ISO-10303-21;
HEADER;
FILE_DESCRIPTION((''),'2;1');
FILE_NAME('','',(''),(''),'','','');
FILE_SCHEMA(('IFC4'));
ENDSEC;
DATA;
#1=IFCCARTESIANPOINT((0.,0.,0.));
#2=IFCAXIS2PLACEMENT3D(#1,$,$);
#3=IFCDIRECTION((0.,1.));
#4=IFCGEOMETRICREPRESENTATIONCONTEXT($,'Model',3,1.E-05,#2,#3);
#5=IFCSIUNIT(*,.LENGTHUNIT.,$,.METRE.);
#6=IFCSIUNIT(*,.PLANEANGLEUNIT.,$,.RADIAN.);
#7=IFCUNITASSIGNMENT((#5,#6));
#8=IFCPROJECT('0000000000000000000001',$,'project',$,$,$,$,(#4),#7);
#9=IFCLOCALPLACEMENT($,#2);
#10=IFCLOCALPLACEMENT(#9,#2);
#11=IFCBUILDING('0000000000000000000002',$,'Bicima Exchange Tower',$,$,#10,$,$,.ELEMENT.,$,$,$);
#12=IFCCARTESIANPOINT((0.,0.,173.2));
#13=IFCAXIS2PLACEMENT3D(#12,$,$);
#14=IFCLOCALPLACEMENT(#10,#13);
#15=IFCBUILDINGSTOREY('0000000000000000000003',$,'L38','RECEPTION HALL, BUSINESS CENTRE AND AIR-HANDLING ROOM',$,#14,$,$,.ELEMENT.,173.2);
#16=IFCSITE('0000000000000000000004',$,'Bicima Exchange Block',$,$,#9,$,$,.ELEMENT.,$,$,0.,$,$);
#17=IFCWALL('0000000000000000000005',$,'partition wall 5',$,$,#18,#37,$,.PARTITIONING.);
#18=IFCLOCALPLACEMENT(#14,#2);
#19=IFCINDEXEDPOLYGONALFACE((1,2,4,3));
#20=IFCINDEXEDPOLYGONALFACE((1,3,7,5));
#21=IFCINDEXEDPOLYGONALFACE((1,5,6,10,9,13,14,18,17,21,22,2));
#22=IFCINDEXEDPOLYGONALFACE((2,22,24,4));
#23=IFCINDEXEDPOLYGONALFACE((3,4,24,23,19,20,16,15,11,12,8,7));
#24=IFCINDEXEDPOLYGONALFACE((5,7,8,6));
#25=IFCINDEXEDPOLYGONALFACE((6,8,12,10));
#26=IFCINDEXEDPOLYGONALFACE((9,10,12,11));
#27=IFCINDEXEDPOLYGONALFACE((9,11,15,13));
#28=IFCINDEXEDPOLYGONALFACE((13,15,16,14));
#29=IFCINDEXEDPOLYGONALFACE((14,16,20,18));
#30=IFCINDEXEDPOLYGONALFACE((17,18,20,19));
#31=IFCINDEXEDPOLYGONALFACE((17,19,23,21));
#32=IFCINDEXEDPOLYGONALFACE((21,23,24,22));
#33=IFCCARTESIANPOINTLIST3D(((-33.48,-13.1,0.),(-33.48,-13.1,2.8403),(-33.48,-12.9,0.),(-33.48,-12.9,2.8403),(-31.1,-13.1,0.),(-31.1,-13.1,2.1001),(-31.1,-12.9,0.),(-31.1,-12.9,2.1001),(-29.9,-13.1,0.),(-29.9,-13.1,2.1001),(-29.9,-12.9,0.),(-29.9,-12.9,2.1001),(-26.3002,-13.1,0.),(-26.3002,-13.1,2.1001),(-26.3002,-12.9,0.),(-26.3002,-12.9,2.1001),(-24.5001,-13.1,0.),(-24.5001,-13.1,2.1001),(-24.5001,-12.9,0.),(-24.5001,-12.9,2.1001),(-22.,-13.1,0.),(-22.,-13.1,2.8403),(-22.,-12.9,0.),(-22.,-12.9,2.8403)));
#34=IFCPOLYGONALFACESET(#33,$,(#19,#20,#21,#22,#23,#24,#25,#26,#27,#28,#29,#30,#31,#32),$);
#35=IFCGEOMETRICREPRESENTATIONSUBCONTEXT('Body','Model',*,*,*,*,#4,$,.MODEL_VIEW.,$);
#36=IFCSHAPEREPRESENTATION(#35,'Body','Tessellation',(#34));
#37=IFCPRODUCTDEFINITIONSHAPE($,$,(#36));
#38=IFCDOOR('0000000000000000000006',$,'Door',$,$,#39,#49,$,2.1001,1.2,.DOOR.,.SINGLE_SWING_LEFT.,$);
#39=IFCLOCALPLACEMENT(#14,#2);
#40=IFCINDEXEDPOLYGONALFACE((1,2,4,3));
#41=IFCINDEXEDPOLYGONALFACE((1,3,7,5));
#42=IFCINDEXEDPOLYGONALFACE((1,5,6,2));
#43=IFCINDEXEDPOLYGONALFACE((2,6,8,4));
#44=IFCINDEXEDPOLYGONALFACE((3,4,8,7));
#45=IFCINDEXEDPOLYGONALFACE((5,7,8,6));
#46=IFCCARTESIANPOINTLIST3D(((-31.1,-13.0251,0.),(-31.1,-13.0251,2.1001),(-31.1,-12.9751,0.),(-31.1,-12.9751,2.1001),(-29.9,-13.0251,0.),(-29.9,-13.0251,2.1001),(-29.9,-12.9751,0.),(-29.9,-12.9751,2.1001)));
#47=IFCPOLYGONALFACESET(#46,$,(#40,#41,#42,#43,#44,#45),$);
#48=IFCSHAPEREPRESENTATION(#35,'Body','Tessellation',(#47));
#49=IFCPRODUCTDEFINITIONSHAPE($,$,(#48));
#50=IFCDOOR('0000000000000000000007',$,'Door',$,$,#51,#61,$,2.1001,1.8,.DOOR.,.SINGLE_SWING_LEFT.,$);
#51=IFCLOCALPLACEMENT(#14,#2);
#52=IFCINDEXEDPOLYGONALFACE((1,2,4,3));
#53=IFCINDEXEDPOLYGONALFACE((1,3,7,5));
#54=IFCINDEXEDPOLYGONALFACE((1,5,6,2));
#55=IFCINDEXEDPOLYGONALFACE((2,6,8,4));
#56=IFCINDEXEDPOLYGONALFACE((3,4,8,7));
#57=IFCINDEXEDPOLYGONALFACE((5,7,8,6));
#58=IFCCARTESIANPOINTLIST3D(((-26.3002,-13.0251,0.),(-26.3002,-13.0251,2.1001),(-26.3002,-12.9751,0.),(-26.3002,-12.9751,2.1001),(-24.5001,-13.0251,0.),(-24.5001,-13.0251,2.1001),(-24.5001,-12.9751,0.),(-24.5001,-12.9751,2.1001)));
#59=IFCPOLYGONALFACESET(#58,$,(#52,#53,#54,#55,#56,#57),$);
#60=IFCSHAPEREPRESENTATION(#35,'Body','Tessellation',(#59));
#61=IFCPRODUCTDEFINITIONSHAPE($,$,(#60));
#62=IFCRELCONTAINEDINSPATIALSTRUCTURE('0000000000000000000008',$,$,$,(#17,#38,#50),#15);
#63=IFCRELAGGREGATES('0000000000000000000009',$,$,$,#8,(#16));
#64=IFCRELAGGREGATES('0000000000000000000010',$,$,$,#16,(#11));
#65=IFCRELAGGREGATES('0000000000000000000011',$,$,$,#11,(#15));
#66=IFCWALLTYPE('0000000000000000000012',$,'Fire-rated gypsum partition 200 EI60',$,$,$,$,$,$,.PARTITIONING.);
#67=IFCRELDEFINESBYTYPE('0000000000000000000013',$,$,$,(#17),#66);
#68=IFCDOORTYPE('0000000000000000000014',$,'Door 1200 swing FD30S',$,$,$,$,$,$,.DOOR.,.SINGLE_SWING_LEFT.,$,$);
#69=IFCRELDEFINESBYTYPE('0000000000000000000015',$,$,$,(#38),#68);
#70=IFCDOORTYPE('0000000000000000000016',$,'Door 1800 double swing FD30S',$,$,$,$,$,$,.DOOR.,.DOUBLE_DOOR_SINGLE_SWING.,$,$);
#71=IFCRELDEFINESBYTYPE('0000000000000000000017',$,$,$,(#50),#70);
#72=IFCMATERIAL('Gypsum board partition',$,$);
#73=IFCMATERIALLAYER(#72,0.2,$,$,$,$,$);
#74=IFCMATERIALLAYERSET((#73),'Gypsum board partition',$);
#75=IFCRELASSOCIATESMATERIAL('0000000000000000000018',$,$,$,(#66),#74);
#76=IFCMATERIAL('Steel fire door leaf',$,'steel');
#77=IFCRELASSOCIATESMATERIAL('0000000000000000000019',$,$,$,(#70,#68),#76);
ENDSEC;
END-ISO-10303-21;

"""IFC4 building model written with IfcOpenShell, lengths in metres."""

from ifc_helpers import new_model, si_unit, direction, frame, frame_2d, origin, place, context, subcontext, project, spatial, rectangle, extrude, material, layer, layer_set, type_object, element, fill, save


model = new_model("IFC4")

# Units and contexts
model_context = context("Model", 3, precision=1e-05, world=origin(), true_north=direction((0.0, 1.0)))
body_context = subcontext(model_context, "Body", "Model", "MODEL_VIEW")
ifc_project = project(units=[si_unit("LENGTHUNIT", "METRE"), si_unit("PLANEANGLEUNIT", "RADIAN")], contexts=[model_context])

# Site, building, storey
site_placement = place(None, origin())
site = spatial("IfcSite", under=ifc_project, at=site_placement, Name="Bicima Exchange Block", CompositionType="ELEMENT", RefElevation=0.0)
building_placement = place(site_placement, origin())
building = spatial("IfcBuilding", under=site, at=building_placement, Name="Bicima Exchange Tower", CompositionType="ELEMENT")
storey_placement = place(building_placement, frame((0.0, 0.0, 173.2)))
storey = spatial("IfcBuildingStorey", under=building, at=storey_placement, Name="L38", Description="RECEPTION HALL, BUSINESS CENTRE AND AIR-HANDLING ROOM", CompositionType="ELEMENT", Elevation=173.2)

# Shared definitions
ifc_material_1 = material(Name="Gypsum board partition")
ifc_layer_1 = layer(ifc_material_1, 0.2)
ifc_layer_set_1 = layer_set([ifc_layer_1], Name="Gypsum board partition")
wall_type = type_object("IfcWallType", Name="Fire-rated gypsum partition 200 EI60", PredefinedType="PARTITIONING", material=ifc_layer_set_1)
ifc_material_2 = material(Name="Steel fire door leaf", Category="steel")
door_type_1 = type_object("IfcDoorType", Name="Door 1800 double swing FD30S", OperationType="DOUBLE_DOOR_SINGLE_SWING", PredefinedType="DOOR", material=ifc_material_2)

# Wall, openings, doors
wall_1_placement = place(storey_placement, frame((-33.48, -13.0, 0.0), z_axis=(0.0, 0.0, 1.0), x_axis=(1.0, 0.0, 0.0)))
wall_1 = element("IfcWall", 1, at=wall_1_placement, inside=storey, type_object=wall_type, Name="partition wall 5", PredefinedType="PARTITIONING", context=body_context, shape_type="SweptSolid", body=[
    extrude(rectangle(XDim=11.48, YDim=0.2, at=frame_2d((5.74, 0.0))), origin(), (0.0, 0.0, 1.0), 2.8403),
])
opening_1_placement = place(wall_1_placement, frame((2.3799, 0.0, 0.0)))
opening_1 = element("IfcOpeningElement", 2, at=opening_1_placement, cuts=wall_1, PredefinedType="OPENING", context=body_context, shape_type="SweptSolid", body=[
    extrude(rectangle(XDim=1.2, YDim=2.1001, at=frame_2d((0.6001, 1.05))), frame((0.0, 0.1118, 0.0), z_axis=(0.0, -1.0, 0.0), x_axis=(1.0, 0.0, 0.0)), (0.0, 0.0, 1.0), 0.2239),
])
opening_2_placement = place(wall_1_placement, frame((7.1799, 0.0, 0.0)))
opening_2 = element("IfcOpeningElement", 3, at=opening_2_placement, cuts=wall_1, PredefinedType="OPENING", context=body_context, shape_type="SweptSolid", body=[
    extrude(rectangle(XDim=1.8, YDim=2.1001, at=frame_2d((0.8999, 1.05))), frame((0.0, 0.1118, 0.0), z_axis=(0.0, -1.0, 0.0), x_axis=(1.0, 0.0, 0.0)), (0.0, 0.0, 1.0), 0.2239),
])
door_type_2 = type_object("IfcDoorType", Name="Door 1200 swing FD30S", OperationType="SINGLE_SWING_LEFT", PredefinedType="DOOR", material=ifc_material_2)
door_1_placement = place(opening_1_placement, origin())
door_1 = element("IfcDoor", 4, at=door_1_placement, inside=storey, type_object=door_type_2, Name="Door", OperationType="SINGLE_SWING_LEFT", OverallHeight=2.1001, OverallWidth=1.2, PredefinedType="DOOR", context=body_context, shape_type="SweptSolid", body=[
    extrude(rectangle(XDim=1.2, YDim=2.1001, at=frame_2d((0.6001, 1.05))), frame((0.0, 0.0249, 0.0), z_axis=(0.0, -1.0, 0.0), x_axis=(1.0, 0.0, 0.0)), (0.0, 0.0, 1.0), 0.05),
])
fill(opening_1, door_1)
door_2_placement = place(opening_2_placement, origin())
door_2 = element("IfcDoor", 5, at=door_2_placement, inside=storey, type_object=door_type_1, Name="Door", OperationType="SINGLE_SWING_LEFT", OverallHeight=2.1001, OverallWidth=1.8, PredefinedType="DOOR", context=body_context, shape_type="SweptSolid", body=[
    extrude(rectangle(XDim=1.8, YDim=2.1001, at=frame_2d((0.8999, 1.05))), frame((0.0, 0.0249, 0.0), z_axis=(0.0, -1.0, 0.0), x_axis=(1.0, 0.0, 0.0)), (0.0, 0.0, 1.0), 0.05),
])
fill(opening_2, door_2)

save(model, "model.ifc")
